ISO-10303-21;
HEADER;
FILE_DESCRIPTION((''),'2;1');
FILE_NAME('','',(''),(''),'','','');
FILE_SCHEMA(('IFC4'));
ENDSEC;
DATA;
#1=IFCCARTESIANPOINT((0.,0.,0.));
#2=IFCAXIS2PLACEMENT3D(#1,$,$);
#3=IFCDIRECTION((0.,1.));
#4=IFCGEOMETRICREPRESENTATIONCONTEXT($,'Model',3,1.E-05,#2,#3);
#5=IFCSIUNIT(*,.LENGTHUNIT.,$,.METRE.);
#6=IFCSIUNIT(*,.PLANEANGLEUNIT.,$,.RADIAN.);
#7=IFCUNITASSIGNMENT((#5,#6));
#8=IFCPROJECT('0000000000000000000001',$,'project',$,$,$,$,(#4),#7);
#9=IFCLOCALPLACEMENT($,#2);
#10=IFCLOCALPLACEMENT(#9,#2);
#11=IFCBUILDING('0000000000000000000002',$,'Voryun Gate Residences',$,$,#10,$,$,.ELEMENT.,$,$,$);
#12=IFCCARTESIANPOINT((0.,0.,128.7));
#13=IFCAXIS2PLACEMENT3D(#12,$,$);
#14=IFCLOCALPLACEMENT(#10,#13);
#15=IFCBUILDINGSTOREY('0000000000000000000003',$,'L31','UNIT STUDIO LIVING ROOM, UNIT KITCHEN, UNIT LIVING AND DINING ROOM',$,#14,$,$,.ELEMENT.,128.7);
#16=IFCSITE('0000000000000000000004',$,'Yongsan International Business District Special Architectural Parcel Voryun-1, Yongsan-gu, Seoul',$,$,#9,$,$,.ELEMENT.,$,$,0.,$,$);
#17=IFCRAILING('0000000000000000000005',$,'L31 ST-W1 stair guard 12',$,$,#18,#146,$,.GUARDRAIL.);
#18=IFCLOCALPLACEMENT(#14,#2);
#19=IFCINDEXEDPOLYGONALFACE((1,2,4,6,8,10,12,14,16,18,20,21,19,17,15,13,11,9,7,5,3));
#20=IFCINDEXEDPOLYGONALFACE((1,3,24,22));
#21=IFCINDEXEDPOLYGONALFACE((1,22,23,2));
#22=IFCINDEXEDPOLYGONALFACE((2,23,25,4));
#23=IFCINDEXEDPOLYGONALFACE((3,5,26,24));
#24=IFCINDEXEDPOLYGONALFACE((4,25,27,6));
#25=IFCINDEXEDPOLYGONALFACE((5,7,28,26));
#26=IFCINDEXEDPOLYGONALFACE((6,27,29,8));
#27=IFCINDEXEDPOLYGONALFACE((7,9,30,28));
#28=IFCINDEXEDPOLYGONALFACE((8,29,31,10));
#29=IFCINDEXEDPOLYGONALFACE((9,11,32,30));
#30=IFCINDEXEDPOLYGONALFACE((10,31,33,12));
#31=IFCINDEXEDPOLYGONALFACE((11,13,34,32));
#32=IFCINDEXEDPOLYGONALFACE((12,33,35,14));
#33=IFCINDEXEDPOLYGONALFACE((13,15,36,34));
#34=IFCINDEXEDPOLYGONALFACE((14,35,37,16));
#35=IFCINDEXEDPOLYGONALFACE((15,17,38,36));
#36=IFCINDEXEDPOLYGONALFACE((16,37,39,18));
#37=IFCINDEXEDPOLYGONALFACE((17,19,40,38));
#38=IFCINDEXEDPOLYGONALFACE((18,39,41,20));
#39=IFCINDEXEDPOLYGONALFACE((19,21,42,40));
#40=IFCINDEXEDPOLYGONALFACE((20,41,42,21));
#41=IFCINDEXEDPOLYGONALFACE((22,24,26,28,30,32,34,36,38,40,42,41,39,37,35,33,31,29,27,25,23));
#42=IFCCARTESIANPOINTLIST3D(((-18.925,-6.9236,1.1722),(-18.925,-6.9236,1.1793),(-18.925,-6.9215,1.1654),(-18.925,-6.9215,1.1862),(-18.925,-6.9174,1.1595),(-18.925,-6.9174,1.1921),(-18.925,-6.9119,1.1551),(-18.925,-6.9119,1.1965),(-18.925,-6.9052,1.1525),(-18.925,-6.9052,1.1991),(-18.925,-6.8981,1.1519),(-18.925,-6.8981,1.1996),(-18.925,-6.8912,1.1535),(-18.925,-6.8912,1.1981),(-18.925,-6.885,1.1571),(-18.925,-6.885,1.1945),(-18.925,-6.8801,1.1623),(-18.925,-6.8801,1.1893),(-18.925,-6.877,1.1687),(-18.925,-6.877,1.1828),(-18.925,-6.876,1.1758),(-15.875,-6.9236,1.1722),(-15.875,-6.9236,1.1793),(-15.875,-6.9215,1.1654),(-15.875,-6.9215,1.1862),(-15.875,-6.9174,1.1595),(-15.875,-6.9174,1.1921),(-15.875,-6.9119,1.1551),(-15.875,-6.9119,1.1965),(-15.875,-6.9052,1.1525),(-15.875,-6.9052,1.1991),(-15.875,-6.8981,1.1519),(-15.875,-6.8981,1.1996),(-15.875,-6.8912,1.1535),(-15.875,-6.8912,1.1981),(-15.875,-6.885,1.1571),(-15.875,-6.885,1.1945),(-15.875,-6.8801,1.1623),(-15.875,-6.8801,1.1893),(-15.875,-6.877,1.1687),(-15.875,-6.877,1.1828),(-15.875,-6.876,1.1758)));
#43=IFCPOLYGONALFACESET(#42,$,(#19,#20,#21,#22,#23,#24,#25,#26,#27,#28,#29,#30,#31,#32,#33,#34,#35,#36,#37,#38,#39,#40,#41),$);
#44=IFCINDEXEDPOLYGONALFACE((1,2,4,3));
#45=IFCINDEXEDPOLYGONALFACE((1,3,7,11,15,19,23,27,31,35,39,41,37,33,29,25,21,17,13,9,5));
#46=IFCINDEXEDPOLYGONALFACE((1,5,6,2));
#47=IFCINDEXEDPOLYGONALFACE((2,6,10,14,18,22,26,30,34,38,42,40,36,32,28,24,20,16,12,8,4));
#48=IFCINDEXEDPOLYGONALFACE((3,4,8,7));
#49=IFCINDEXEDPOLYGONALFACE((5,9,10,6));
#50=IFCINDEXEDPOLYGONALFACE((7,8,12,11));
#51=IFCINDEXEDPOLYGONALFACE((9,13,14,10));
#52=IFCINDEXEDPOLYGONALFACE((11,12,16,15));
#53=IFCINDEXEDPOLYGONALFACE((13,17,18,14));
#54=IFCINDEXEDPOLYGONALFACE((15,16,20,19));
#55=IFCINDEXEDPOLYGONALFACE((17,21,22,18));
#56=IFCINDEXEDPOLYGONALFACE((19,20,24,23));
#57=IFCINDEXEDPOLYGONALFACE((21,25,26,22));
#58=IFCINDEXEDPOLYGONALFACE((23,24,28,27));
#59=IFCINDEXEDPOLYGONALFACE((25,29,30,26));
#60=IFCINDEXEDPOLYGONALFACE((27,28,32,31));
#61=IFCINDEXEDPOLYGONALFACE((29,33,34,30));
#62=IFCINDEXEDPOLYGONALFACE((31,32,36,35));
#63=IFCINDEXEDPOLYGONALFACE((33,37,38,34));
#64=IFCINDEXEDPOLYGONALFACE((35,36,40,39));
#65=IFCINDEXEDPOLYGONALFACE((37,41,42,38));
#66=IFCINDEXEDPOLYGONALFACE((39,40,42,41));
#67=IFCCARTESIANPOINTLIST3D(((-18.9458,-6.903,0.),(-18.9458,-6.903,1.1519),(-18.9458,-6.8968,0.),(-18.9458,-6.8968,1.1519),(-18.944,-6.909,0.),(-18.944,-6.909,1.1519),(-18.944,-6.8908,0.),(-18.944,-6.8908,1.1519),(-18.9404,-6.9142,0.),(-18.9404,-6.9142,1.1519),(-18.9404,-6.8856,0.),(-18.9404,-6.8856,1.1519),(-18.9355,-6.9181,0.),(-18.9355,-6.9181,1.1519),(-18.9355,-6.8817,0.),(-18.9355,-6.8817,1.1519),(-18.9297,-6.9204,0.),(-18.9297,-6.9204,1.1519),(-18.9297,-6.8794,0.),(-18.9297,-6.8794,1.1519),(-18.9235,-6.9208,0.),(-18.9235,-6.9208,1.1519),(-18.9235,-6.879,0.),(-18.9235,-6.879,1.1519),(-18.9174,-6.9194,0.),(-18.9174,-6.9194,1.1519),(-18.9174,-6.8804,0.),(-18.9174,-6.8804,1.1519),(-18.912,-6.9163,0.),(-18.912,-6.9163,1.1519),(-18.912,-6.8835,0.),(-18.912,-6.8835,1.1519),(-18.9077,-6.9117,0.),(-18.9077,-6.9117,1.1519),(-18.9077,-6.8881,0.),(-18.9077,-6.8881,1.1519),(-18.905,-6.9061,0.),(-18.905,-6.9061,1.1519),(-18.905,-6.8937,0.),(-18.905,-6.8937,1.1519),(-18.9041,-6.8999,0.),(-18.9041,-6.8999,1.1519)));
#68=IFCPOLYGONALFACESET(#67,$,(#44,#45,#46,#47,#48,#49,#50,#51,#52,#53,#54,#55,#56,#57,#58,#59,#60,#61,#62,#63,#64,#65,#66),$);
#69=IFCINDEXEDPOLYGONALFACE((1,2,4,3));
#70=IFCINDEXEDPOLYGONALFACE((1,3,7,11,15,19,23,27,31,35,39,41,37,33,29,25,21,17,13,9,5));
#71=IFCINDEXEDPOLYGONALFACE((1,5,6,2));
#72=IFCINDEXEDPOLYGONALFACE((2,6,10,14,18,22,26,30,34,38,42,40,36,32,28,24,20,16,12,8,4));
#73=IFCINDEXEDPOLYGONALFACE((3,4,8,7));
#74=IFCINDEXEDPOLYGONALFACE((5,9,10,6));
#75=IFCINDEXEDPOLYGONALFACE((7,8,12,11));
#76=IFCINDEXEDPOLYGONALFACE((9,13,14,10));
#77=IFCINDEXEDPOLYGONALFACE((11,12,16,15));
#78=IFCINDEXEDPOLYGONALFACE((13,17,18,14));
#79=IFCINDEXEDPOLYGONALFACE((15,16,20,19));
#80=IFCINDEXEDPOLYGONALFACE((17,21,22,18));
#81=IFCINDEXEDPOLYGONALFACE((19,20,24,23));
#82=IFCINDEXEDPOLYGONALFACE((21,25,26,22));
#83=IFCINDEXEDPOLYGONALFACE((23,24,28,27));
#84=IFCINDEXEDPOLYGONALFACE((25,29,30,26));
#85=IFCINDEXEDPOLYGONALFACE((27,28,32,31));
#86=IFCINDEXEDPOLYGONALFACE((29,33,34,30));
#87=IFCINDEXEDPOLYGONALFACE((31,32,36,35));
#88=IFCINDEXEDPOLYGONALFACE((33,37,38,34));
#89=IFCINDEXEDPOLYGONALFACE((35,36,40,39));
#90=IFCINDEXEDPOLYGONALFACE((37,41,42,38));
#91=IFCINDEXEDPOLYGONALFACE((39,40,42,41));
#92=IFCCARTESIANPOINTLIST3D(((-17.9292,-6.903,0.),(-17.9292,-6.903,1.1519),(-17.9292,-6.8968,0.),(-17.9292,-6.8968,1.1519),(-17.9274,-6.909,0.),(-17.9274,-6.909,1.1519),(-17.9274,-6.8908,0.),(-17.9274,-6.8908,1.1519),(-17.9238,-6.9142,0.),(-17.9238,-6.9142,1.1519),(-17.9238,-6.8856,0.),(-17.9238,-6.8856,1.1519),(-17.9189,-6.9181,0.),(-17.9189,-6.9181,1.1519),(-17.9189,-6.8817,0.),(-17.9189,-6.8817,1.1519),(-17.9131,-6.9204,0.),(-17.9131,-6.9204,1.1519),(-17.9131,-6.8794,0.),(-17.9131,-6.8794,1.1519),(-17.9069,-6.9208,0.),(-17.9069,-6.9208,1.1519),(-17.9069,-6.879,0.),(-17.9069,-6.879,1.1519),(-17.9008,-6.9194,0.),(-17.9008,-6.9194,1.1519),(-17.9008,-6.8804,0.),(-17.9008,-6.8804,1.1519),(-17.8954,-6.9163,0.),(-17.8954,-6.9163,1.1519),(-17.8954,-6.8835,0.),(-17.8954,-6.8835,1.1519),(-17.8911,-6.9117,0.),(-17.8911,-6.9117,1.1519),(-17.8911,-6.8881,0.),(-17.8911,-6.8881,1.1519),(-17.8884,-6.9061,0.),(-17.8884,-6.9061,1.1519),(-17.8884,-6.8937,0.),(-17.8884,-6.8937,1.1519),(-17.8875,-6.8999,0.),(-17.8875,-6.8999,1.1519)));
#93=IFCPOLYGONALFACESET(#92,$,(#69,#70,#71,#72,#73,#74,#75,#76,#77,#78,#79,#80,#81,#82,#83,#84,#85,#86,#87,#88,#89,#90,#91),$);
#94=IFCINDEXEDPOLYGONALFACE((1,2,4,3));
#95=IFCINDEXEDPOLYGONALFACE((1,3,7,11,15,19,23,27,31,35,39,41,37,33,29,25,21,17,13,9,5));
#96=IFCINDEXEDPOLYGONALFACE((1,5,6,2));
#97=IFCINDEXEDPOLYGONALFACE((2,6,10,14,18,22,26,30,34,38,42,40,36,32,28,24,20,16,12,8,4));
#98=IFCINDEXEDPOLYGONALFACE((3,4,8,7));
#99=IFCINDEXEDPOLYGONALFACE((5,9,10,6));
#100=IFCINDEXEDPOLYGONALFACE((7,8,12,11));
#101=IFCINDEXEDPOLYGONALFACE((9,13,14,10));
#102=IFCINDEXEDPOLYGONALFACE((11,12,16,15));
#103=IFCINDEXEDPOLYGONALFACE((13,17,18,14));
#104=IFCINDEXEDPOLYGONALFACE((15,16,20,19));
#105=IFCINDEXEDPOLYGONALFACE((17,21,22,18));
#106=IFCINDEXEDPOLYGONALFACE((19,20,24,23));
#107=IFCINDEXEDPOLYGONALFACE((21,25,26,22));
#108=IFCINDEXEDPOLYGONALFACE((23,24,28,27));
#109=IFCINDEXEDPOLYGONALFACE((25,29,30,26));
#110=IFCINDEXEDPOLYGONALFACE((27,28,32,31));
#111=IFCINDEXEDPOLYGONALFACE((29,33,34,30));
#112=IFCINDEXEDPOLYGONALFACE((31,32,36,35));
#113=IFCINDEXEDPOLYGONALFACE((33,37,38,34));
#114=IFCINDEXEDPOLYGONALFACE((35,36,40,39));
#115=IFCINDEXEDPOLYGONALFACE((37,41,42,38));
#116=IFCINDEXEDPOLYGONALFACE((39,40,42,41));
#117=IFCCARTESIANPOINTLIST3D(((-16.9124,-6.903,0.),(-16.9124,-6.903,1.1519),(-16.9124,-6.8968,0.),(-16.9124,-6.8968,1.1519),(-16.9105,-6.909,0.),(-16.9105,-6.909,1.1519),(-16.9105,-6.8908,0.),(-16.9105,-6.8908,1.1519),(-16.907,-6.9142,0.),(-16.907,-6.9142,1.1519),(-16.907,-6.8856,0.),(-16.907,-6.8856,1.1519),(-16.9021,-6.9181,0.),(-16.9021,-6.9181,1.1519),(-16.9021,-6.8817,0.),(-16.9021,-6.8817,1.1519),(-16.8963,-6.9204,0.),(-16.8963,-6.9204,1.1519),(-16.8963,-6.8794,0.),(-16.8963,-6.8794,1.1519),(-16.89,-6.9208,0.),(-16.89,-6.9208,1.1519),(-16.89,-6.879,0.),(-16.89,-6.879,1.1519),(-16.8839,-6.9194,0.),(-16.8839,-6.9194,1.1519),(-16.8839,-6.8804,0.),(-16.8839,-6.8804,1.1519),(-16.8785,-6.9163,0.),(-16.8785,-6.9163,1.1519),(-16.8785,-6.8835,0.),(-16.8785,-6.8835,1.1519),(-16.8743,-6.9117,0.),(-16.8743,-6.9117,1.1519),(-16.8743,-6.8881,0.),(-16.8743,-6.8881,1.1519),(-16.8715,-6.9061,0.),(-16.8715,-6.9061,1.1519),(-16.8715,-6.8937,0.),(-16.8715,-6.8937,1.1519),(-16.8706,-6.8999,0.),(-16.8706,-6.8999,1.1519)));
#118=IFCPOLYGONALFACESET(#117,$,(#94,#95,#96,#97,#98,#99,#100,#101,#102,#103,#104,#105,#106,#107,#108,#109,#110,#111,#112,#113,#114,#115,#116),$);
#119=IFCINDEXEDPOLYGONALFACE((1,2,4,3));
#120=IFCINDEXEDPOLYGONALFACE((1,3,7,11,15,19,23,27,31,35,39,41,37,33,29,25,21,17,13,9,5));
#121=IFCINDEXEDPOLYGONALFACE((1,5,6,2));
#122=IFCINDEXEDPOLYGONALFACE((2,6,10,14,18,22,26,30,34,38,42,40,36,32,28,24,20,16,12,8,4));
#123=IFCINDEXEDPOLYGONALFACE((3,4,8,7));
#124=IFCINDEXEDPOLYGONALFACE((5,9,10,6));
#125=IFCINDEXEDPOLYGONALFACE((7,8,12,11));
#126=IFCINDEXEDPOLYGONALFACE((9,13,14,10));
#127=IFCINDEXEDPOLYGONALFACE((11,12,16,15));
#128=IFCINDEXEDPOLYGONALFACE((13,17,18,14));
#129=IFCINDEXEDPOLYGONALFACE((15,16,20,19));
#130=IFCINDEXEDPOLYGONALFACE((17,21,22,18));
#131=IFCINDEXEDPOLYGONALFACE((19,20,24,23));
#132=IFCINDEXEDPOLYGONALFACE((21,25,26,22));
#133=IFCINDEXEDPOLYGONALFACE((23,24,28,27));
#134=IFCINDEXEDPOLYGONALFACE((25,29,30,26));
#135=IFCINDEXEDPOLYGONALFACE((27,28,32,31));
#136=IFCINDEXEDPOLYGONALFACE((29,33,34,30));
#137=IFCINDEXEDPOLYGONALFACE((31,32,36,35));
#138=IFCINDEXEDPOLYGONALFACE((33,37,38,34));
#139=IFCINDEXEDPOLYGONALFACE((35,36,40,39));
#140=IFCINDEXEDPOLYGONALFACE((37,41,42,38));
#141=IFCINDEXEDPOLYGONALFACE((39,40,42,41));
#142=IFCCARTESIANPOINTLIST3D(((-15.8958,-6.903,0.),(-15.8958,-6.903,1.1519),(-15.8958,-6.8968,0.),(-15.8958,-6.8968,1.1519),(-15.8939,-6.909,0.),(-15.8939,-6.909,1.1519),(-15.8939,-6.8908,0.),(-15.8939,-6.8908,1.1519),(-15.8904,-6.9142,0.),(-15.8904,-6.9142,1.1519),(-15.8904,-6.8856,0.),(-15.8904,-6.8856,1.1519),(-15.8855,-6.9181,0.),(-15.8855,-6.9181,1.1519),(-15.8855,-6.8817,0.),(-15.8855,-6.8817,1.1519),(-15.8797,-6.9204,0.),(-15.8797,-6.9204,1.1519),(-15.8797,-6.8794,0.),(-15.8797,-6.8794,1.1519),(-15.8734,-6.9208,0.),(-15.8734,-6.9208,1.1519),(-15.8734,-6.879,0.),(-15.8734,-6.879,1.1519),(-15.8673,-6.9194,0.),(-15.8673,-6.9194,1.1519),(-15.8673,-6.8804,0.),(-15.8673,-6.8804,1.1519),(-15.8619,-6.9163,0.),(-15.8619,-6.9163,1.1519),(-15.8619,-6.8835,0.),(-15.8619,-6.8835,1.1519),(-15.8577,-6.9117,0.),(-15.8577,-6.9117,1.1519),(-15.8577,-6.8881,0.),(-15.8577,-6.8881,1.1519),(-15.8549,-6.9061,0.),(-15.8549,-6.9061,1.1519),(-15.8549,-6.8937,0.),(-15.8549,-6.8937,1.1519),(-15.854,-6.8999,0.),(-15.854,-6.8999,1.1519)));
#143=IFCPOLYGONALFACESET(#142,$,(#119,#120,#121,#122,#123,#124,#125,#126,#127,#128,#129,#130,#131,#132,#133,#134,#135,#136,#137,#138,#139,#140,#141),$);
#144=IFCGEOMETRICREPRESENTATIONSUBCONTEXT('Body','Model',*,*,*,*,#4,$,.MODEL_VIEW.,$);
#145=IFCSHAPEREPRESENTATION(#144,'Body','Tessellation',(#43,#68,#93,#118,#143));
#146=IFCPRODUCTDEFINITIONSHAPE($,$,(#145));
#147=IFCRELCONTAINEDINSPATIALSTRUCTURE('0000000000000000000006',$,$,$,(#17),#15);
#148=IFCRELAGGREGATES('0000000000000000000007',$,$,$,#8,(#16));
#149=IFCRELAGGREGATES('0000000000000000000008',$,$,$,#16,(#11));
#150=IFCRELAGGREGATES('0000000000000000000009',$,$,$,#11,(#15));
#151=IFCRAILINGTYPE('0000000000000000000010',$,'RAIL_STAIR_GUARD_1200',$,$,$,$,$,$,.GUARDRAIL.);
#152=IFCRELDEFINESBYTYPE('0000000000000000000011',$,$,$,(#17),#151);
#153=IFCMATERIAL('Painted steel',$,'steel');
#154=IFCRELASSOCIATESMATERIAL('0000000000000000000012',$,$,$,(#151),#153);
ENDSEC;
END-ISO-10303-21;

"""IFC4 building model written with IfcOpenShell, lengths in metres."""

from ifc_helpers import new_model, si_unit, direction, frame, origin, origin_2d, place, context, subcontext, project, spatial, circle, extrude, material, type_object, element, save


model = new_model("IFC4")

# Units and contexts
model_context = context("Model", 3, precision=1e-05, world=origin(), true_north=direction((0.0, 1.0)))
body_context = subcontext(model_context, "Body", "Model", "MODEL_VIEW")
ifc_project = project(units=[si_unit("LENGTHUNIT", "METRE"), si_unit("PLANEANGLEUNIT", "RADIAN")], contexts=[model_context])

# Site, building, storey
site_placement = place(None, origin())
site = spatial("IfcSite", under=ifc_project, at=site_placement, Name="Yongsan International Business District Special Architectural Parcel Voryun-1, Yongsan-gu, Seoul", CompositionType="ELEMENT", RefElevation=0.0)
building_placement = place(site_placement, origin())
building = spatial("IfcBuilding", under=site, at=building_placement, Name="Voryun Gate Residences", CompositionType="ELEMENT")
storey_placement = place(building_placement, frame((0.0, 0.0, 128.7)))
storey = spatial("IfcBuildingStorey", under=building, at=storey_placement, Name="L31", Description="UNIT STUDIO LIVING ROOM, UNIT KITCHEN, UNIT LIVING AND DINING ROOM", CompositionType="ELEMENT", Elevation=128.7)

# Railing
ifc_material_1 = material(Name="Painted steel", Category="steel")
railing_type_1 = type_object("IfcRailingType", Name="RAIL_STAIR_GUARD_1200", PredefinedType="GUARDRAIL", material=ifc_material_1)
railing_1_placement = place(storey_placement, frame((-18.925, -6.8999, 0.0)))
element("IfcRailing", 1, at=railing_1_placement, inside=storey, type_object=railing_type_1, Name="L31 ST-W1 stair guard 12", PredefinedType="GUARDRAIL", context=body_context, shape_type="SweptSolid", body=[
    extrude(circle(Radius=0.0239, at=origin_2d()), frame((0.0, 0.0, 1.1758), z_axis=(1.0, 0.0, 0.0), x_axis=(0.0, 1.0, 0.0)), (0.0, 0.0, 1.0), 3.05),
    extrude(circle(Radius=0.021, at=origin_2d()), origin(), (0.0, 0.0, 1.0), 1.1519),
    extrude(circle(Radius=0.021, at=origin_2d()), frame((1.0166, 0.0, 0.0)), (0.0, 0.0, 1.0), 1.1519),
    extrude(circle(Radius=0.021, at=origin_2d()), frame((2.0334, 0.0, 0.0)), (0.0, 0.0, 1.0), 1.1519),
    extrude(circle(Radius=0.021, at=origin_2d()), frame((3.05, 0.0, 0.0)), (0.0, 0.0, 1.0), 1.1519),
])

save(model, "model.ifc")
